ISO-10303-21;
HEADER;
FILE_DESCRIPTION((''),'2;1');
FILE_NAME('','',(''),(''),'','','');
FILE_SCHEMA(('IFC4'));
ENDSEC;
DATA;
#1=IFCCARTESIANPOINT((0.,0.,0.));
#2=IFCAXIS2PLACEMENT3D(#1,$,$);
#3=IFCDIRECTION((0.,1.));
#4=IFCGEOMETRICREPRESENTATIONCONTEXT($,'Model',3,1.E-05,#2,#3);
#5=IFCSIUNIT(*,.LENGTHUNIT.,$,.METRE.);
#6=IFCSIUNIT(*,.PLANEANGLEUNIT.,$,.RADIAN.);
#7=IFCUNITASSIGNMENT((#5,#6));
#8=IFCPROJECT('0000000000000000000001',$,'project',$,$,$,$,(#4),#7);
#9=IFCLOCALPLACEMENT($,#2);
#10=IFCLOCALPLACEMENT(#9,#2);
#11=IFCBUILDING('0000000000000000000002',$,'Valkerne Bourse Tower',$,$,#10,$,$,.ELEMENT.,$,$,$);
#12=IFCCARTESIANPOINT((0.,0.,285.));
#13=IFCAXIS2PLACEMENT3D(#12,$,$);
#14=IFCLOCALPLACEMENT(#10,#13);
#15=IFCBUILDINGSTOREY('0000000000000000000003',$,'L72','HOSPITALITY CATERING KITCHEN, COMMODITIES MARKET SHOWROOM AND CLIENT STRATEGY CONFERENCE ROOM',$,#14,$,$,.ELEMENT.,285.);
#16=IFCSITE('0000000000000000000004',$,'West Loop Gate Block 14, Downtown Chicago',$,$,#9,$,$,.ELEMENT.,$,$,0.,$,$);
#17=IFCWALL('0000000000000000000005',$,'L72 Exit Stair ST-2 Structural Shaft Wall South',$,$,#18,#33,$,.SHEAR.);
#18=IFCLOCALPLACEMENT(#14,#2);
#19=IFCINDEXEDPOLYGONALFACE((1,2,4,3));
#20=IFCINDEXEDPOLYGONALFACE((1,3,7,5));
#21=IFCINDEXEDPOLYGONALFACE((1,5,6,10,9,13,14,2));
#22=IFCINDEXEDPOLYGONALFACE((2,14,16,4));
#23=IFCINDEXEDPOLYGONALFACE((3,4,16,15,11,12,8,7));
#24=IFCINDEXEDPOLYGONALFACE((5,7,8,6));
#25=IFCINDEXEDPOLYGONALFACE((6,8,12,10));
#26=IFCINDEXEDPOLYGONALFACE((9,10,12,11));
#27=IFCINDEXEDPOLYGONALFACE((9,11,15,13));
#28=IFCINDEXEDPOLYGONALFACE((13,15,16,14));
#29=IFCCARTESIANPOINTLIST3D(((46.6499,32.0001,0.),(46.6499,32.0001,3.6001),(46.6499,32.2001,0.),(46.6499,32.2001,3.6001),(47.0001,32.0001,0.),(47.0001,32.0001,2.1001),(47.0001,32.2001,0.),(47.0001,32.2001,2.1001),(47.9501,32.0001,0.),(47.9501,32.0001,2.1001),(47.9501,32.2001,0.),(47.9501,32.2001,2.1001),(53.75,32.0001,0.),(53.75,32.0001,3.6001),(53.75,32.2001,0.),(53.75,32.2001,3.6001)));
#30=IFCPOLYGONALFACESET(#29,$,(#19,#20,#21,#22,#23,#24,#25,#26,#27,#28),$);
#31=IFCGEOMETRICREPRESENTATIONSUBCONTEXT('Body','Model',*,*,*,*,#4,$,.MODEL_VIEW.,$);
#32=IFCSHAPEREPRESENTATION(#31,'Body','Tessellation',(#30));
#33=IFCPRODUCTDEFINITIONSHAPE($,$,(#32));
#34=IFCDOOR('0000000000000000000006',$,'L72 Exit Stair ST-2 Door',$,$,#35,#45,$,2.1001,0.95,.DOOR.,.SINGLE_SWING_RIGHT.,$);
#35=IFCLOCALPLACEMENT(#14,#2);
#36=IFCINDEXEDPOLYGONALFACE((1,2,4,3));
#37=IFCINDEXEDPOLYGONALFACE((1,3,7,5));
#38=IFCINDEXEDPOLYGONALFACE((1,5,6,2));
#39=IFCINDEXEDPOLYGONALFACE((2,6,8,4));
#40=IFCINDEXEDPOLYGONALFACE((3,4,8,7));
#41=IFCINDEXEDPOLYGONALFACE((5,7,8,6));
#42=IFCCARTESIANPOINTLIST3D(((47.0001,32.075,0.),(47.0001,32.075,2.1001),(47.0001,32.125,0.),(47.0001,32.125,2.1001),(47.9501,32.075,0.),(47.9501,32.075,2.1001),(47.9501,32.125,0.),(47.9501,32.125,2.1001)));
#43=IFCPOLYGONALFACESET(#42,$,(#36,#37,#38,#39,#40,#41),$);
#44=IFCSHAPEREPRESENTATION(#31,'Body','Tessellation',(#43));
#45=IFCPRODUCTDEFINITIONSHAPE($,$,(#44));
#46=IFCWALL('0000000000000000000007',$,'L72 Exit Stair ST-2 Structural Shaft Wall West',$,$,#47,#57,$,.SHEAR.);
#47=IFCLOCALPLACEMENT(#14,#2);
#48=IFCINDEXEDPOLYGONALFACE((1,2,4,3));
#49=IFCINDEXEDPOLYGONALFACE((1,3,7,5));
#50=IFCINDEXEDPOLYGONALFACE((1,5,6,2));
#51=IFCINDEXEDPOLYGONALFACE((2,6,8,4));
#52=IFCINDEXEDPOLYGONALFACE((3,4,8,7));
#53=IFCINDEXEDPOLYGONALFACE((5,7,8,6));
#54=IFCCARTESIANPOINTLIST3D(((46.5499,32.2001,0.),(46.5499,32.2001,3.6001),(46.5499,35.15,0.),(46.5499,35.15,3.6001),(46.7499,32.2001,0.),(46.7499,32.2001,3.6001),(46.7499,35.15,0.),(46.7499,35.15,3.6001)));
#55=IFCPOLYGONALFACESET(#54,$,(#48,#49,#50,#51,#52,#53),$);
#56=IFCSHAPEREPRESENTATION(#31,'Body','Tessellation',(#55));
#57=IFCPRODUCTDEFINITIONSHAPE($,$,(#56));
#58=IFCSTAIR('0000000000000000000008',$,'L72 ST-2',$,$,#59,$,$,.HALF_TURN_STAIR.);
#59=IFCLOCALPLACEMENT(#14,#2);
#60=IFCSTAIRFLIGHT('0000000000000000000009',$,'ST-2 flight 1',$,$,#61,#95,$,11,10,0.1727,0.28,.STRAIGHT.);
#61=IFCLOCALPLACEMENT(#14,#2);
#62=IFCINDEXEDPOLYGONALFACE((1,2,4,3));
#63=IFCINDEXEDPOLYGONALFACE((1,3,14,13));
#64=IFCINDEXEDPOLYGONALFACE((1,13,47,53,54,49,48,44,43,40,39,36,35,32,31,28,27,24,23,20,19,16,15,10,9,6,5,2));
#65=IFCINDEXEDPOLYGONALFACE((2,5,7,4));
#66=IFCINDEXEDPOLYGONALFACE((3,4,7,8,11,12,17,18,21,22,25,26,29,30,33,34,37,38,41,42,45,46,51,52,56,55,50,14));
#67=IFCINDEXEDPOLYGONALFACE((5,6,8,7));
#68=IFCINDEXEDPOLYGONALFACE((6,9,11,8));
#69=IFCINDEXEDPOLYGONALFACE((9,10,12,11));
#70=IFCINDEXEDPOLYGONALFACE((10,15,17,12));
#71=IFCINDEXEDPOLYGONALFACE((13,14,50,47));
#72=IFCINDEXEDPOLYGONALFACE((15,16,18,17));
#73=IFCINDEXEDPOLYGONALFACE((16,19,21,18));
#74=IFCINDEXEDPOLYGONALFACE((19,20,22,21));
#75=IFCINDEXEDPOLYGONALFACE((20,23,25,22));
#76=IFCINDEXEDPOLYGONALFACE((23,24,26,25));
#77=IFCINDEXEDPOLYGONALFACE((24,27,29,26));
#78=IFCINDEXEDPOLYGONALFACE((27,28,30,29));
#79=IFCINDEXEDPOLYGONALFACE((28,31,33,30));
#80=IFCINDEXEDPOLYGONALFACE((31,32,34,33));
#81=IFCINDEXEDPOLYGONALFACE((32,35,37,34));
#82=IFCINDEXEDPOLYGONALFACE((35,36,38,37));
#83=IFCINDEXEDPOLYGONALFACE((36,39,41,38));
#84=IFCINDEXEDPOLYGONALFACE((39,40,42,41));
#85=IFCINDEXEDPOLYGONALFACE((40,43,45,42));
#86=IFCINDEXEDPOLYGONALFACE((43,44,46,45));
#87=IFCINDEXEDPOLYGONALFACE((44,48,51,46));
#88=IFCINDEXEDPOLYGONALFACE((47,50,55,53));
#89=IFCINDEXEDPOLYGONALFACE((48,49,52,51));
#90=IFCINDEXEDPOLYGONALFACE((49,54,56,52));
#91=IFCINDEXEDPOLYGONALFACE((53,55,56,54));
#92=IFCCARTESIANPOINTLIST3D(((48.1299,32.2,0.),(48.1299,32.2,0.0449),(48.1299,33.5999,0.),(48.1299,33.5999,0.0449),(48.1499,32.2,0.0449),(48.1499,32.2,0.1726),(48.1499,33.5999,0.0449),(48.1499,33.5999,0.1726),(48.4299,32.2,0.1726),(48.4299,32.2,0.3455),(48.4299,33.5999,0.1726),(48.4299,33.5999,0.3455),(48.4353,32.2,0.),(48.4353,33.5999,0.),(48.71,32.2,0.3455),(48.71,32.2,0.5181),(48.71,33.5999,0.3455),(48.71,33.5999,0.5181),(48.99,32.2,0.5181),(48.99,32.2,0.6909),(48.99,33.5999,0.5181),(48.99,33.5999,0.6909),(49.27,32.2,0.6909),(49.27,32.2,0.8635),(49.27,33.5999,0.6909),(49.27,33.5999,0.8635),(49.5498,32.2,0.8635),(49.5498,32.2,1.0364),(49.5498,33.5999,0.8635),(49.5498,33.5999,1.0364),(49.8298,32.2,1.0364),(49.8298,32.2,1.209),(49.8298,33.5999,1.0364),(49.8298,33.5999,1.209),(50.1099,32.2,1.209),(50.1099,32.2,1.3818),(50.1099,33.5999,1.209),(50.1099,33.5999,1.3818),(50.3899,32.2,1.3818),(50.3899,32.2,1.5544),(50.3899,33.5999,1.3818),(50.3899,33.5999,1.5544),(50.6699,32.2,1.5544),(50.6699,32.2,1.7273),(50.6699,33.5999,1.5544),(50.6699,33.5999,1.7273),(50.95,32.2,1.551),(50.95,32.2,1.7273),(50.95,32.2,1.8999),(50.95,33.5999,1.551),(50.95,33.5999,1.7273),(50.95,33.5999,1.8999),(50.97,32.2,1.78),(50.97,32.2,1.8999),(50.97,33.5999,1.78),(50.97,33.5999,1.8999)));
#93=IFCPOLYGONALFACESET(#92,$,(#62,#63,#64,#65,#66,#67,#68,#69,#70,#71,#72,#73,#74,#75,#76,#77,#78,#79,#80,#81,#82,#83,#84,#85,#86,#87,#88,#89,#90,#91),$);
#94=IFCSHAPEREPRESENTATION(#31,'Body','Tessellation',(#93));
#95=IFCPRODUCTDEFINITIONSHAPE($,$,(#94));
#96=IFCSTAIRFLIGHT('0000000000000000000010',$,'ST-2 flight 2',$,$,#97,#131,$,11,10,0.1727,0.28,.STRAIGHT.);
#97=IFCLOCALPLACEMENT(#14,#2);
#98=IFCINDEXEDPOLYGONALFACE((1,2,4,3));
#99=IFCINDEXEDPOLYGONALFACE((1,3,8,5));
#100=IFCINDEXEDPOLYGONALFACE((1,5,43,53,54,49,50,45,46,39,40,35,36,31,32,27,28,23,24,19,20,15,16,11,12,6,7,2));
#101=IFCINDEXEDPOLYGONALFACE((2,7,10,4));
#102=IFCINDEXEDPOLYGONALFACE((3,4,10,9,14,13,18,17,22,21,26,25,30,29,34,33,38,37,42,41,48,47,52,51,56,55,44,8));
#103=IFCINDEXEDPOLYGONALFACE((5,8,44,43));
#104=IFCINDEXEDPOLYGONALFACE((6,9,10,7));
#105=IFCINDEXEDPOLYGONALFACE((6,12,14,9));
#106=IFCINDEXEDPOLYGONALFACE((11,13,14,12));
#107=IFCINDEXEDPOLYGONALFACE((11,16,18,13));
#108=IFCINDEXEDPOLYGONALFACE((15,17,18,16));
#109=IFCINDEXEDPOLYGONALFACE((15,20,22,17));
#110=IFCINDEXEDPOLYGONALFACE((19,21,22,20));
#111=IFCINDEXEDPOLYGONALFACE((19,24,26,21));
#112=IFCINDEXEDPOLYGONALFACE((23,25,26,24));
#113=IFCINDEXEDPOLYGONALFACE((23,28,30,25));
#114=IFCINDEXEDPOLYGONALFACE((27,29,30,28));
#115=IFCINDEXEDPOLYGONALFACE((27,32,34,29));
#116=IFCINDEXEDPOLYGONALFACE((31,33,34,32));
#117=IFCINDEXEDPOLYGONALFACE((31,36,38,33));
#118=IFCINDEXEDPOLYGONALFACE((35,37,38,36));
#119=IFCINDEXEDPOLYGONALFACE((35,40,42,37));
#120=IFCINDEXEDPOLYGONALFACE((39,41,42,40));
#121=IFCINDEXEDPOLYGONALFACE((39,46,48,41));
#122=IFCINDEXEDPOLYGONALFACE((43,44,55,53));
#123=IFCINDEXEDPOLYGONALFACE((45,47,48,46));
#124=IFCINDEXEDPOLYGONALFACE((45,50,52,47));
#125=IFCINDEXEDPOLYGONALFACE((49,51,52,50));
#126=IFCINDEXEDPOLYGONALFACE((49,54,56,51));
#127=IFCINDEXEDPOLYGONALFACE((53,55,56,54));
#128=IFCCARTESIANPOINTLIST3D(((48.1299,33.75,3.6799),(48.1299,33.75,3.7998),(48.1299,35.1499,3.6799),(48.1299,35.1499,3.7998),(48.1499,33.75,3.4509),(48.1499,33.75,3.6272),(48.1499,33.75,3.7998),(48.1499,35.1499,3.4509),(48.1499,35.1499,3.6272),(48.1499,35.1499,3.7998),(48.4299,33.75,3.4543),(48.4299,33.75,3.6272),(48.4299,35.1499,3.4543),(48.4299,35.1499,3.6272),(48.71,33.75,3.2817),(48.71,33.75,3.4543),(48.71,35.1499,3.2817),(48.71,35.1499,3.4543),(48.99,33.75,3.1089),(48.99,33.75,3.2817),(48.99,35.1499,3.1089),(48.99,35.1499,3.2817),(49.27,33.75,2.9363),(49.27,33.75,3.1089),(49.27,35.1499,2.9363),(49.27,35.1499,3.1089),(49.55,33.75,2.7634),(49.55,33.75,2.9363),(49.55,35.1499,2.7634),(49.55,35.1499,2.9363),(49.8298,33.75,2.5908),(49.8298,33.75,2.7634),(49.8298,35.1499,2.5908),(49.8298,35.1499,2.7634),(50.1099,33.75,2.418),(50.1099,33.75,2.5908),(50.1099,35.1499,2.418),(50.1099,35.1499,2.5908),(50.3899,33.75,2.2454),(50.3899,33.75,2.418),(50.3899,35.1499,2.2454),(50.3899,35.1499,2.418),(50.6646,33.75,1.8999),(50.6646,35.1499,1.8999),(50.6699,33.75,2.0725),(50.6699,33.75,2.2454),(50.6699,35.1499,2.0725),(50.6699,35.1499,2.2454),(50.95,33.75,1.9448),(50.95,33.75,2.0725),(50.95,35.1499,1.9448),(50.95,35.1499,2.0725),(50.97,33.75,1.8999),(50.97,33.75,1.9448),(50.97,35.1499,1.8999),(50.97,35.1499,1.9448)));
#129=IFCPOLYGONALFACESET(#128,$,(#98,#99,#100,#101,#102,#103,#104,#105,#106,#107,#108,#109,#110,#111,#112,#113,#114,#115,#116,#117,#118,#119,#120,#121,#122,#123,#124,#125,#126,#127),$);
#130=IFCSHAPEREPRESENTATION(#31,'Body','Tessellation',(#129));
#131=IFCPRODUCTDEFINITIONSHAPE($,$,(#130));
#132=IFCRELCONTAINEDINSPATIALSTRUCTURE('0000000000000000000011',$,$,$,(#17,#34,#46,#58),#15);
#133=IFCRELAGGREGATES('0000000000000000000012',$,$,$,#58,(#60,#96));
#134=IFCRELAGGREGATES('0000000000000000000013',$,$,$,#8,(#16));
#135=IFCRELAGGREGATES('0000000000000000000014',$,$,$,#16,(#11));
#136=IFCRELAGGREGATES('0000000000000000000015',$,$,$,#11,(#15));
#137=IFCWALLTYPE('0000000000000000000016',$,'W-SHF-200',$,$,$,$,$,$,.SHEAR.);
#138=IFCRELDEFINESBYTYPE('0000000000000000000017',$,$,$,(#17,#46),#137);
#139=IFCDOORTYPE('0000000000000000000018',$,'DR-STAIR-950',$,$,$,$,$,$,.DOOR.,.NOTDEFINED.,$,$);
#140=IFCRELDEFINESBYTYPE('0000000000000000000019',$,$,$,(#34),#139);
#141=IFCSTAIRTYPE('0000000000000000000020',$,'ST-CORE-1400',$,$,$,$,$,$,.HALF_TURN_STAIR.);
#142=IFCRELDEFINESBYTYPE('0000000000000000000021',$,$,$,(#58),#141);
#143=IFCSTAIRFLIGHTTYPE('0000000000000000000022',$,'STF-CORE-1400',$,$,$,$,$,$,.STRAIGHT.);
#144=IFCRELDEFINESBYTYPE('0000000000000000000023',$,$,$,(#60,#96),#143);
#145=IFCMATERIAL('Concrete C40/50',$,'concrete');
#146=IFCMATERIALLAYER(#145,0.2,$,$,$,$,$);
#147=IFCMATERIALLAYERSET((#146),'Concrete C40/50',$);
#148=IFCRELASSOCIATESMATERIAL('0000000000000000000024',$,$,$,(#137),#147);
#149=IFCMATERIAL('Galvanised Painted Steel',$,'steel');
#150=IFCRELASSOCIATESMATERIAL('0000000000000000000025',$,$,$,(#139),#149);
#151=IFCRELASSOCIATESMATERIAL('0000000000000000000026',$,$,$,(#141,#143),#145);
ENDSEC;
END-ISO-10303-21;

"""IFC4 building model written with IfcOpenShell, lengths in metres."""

from ifc_helpers import new_model, si_unit, direction, frame, frame_2d, origin, place, context, subcontext, project, spatial, polyline, rectangle, outline, extrude, material, layer, layer_set, type_object, element, fill, aggregate, save


model = new_model("IFC4")

# Units and contexts
model_context = context("Model", 3, precision=1e-05, world=origin(), true_north=direction((0.0, 1.0)))
body_context = subcontext(model_context, "Body", "Model", "MODEL_VIEW")
ifc_project = project(units=[si_unit("LENGTHUNIT", "METRE"), si_unit("PLANEANGLEUNIT", "RADIAN")], contexts=[model_context])

# Site, building, storey
site_placement = place(None, origin())
site = spatial("IfcSite", under=ifc_project, at=site_placement, Name="West Loop Gate Block 14, Downtown Chicago", CompositionType="ELEMENT", RefElevation=0.0)
building_placement = place(site_placement, origin())
building = spatial("IfcBuilding", under=site, at=building_placement, Name="Valkerne Bourse Tower", CompositionType="ELEMENT")
storey_placement = place(building_placement, frame((0.0, 0.0, 285.0)))
storey = spatial("IfcBuildingStorey", under=building, at=storey_placement, Name="L72", Description="HOSPITALITY CATERING KITCHEN, COMMODITIES MARKET SHOWROOM AND CLIENT STRATEGY CONFERENCE ROOM", CompositionType="ELEMENT", Elevation=285.0)

# Shared definitions
ifc_material_1 = material(Name="Galvanised Painted Steel", Category="steel")

# Wall, opening, door
ifc_material_2 = material(Name="Concrete C40/50", Category="concrete")
ifc_layer_1 = layer(ifc_material_2, 0.2)
ifc_layer_set_1 = layer_set([ifc_layer_1], Name="Concrete C40/50")
wall_type_1 = type_object("IfcWallType", Name="W-SHF-200", PredefinedType="SHEAR", material=ifc_layer_set_1)
wall_1_placement = place(storey_placement, frame((46.6499, 32.1001, 0.0), z_axis=(0.0, 0.0, 1.0), x_axis=(1.0, 0.0, 0.0)))
wall_1 = element("IfcWall", 1, at=wall_1_placement, inside=storey, type_object=wall_type_1, Name="L72 Exit Stair ST-2 Structural Shaft Wall South", PredefinedType="SHEAR", context=body_context, shape_type="SweptSolid", body=[
    extrude(rectangle(XDim=7.1001, YDim=0.2, at=frame_2d((3.55, 0.0))), origin(), (0.0, 0.0, 1.0), 3.6001),
])
opening_1_placement = place(wall_1_placement, frame((0.3501, 0.0, 0.0)))
opening_1 = element("IfcOpeningElement", 2, at=opening_1_placement, cuts=wall_1, PredefinedType="OPENING", context=body_context, shape_type="SweptSolid", body=[
    extrude(rectangle(XDim=0.95, YDim=2.1001, at=frame_2d((0.4751, 1.05))), frame((0.0, 0.1099, 0.0), z_axis=(0.0, -1.0, 0.0), x_axis=(1.0, 0.0, 0.0)), (0.0, 0.0, 1.0), 0.22),
])
door_type_1 = type_object("IfcDoorType", Name="DR-STAIR-950", OperationType="NOTDEFINED", PredefinedType="DOOR", material=ifc_material_1)
door_1_placement = place(opening_1_placement, origin())
door_1 = element("IfcDoor", 3, at=door_1_placement, inside=storey, type_object=door_type_1, Name="L72 Exit Stair ST-2 Door", OperationType="SINGLE_SWING_RIGHT", OverallHeight=2.1001, OverallWidth=0.95, PredefinedType="DOOR", context=body_context, shape_type="SweptSolid", body=[
    extrude(rectangle(XDim=0.95, YDim=2.1001, at=frame_2d((0.4751, 1.05))), frame((0.0, 0.0249, 0.0), z_axis=(0.0, -1.0, 0.0), x_axis=(1.0, 0.0, 0.0)), (0.0, 0.0, 1.0), 0.05),
])
fill(opening_1, door_1)

# Wall
wall_2_placement = place(storey_placement, frame((46.6499, 32.2, 0.0), z_axis=(0.0, 0.0, 1.0), x_axis=(0.0, 1.0, 0.0)))
element("IfcWall", 4, at=wall_2_placement, inside=storey, type_object=wall_type_1, Name="L72 Exit Stair ST-2 Structural Shaft Wall West", PredefinedType="SHEAR", context=body_context, shape_type="SweptSolid", body=[
    extrude(rectangle(XDim=2.95, YDim=0.2, at=frame_2d((1.4751, 0.0))), origin(), (0.0, 0.0, 1.0), 3.6001),
])

# Stair, stair flights
stair_type = type_object("IfcStairType", Name="ST-CORE-1400", PredefinedType="HALF_TURN_STAIR", material=ifc_material_2)
stair_placement = place(storey_placement, origin())
stair = element("IfcStair", 5, at=stair_placement, inside=storey, type_object=stair_type, Name="L72 ST-2", PredefinedType="HALF_TURN_STAIR")
stair_flight_type = type_object("IfcStairFlightType", Name="STF-CORE-1400", PredefinedType="STRAIGHT", material=ifc_material_2)
stair_flight_1_placement = place(storey_placement, frame((48.1499, 32.8999, 0.0), z_axis=(0.0, 0.0, 1.0), x_axis=(1.0, 0.0, 0.0)))
stair_flight_1 = element("IfcStairFlight", 6, at=stair_flight_1_placement, type_object=stair_flight_type, Name="ST-2 flight 1", NumberOfRisers=11, NumberOfTreads=10, PredefinedType="STRAIGHT", RiserHeight=0.1727, TreadLength=0.28, context=body_context, shape_type="SweptSolid", body=[
    extrude(outline(polyline([(-0.02, 0.0), (-0.02, 0.0449), (0.0, 0.0449), (0.0, 0.1726), (0.28, 0.1726), (0.28, 0.3455), (0.5601, 0.3455), (0.5601, 0.5181), (0.8401, 0.5181), (0.8401, 0.6909), (1.1201, 0.6909), (1.1201, 0.8635), (1.3999, 0.8635), (1.3999, 1.0364), (1.6799, 1.0364), (1.6799, 1.209), (1.96, 1.209), (1.96, 1.3818), (2.24, 1.3818), (2.24, 1.5544), (2.52, 1.5544), (2.52, 1.7273), (2.8, 1.7273), (2.8, 1.8999), (2.8201, 1.8999), (2.8201, 1.78), (2.8, 1.551), (0.2854, 0.0), (-0.02, 0.0)])), frame((0.0, 0.7, 0.0), z_axis=(0.0, -1.0, 0.0), x_axis=(1.0, 0.0, 0.0)), (0.0, 0.0, 1.0), 1.3999),
])
stair_flight_2_placement = place(storey_placement, frame((50.95, 34.45, 1.8999), z_axis=(0.0, 0.0, 1.0), x_axis=(-1.0, 0.0, 0.0)))
stair_flight_2 = element("IfcStairFlight", 7, at=stair_flight_2_placement, type_object=stair_flight_type, Name="ST-2 flight 2", NumberOfRisers=11, NumberOfTreads=10, PredefinedType="STRAIGHT", RiserHeight=0.1727, TreadLength=0.28, context=body_context, shape_type="SweptSolid", body=[
    extrude(outline(polyline([(-0.02, 0.0), (-0.02, 0.0449), (0.0, 0.0449), (0.0, 0.1726), (0.28, 0.1726), (0.28, 0.3455), (0.5601, 0.3455), (0.5601, 0.5181), (0.8401, 0.5181), (0.8401, 0.6909), (1.1201, 0.6909), (1.1201, 0.8635), (1.3999, 0.8635), (1.3999, 1.0364), (1.6799, 1.0364), (1.6799, 1.209), (1.96, 1.209), (1.96, 1.3818), (2.24, 1.3818), (2.24, 1.5544), (2.52, 1.5544), (2.52, 1.7273), (2.8, 1.7273), (2.8, 1.8999), (2.8201, 1.8999), (2.8201, 1.78), (2.8, 1.551), (0.2854, 0.0), (-0.02, 0.0)])), frame((0.0, 0.7, 0.0), z_axis=(0.0, -1.0, 0.0), x_axis=(1.0, 0.0, 0.0)), (0.0, 0.0, 1.0), 1.3999),
])
aggregate(stair, [stair_flight_1, stair_flight_2])

save(model, "model.ifc")
